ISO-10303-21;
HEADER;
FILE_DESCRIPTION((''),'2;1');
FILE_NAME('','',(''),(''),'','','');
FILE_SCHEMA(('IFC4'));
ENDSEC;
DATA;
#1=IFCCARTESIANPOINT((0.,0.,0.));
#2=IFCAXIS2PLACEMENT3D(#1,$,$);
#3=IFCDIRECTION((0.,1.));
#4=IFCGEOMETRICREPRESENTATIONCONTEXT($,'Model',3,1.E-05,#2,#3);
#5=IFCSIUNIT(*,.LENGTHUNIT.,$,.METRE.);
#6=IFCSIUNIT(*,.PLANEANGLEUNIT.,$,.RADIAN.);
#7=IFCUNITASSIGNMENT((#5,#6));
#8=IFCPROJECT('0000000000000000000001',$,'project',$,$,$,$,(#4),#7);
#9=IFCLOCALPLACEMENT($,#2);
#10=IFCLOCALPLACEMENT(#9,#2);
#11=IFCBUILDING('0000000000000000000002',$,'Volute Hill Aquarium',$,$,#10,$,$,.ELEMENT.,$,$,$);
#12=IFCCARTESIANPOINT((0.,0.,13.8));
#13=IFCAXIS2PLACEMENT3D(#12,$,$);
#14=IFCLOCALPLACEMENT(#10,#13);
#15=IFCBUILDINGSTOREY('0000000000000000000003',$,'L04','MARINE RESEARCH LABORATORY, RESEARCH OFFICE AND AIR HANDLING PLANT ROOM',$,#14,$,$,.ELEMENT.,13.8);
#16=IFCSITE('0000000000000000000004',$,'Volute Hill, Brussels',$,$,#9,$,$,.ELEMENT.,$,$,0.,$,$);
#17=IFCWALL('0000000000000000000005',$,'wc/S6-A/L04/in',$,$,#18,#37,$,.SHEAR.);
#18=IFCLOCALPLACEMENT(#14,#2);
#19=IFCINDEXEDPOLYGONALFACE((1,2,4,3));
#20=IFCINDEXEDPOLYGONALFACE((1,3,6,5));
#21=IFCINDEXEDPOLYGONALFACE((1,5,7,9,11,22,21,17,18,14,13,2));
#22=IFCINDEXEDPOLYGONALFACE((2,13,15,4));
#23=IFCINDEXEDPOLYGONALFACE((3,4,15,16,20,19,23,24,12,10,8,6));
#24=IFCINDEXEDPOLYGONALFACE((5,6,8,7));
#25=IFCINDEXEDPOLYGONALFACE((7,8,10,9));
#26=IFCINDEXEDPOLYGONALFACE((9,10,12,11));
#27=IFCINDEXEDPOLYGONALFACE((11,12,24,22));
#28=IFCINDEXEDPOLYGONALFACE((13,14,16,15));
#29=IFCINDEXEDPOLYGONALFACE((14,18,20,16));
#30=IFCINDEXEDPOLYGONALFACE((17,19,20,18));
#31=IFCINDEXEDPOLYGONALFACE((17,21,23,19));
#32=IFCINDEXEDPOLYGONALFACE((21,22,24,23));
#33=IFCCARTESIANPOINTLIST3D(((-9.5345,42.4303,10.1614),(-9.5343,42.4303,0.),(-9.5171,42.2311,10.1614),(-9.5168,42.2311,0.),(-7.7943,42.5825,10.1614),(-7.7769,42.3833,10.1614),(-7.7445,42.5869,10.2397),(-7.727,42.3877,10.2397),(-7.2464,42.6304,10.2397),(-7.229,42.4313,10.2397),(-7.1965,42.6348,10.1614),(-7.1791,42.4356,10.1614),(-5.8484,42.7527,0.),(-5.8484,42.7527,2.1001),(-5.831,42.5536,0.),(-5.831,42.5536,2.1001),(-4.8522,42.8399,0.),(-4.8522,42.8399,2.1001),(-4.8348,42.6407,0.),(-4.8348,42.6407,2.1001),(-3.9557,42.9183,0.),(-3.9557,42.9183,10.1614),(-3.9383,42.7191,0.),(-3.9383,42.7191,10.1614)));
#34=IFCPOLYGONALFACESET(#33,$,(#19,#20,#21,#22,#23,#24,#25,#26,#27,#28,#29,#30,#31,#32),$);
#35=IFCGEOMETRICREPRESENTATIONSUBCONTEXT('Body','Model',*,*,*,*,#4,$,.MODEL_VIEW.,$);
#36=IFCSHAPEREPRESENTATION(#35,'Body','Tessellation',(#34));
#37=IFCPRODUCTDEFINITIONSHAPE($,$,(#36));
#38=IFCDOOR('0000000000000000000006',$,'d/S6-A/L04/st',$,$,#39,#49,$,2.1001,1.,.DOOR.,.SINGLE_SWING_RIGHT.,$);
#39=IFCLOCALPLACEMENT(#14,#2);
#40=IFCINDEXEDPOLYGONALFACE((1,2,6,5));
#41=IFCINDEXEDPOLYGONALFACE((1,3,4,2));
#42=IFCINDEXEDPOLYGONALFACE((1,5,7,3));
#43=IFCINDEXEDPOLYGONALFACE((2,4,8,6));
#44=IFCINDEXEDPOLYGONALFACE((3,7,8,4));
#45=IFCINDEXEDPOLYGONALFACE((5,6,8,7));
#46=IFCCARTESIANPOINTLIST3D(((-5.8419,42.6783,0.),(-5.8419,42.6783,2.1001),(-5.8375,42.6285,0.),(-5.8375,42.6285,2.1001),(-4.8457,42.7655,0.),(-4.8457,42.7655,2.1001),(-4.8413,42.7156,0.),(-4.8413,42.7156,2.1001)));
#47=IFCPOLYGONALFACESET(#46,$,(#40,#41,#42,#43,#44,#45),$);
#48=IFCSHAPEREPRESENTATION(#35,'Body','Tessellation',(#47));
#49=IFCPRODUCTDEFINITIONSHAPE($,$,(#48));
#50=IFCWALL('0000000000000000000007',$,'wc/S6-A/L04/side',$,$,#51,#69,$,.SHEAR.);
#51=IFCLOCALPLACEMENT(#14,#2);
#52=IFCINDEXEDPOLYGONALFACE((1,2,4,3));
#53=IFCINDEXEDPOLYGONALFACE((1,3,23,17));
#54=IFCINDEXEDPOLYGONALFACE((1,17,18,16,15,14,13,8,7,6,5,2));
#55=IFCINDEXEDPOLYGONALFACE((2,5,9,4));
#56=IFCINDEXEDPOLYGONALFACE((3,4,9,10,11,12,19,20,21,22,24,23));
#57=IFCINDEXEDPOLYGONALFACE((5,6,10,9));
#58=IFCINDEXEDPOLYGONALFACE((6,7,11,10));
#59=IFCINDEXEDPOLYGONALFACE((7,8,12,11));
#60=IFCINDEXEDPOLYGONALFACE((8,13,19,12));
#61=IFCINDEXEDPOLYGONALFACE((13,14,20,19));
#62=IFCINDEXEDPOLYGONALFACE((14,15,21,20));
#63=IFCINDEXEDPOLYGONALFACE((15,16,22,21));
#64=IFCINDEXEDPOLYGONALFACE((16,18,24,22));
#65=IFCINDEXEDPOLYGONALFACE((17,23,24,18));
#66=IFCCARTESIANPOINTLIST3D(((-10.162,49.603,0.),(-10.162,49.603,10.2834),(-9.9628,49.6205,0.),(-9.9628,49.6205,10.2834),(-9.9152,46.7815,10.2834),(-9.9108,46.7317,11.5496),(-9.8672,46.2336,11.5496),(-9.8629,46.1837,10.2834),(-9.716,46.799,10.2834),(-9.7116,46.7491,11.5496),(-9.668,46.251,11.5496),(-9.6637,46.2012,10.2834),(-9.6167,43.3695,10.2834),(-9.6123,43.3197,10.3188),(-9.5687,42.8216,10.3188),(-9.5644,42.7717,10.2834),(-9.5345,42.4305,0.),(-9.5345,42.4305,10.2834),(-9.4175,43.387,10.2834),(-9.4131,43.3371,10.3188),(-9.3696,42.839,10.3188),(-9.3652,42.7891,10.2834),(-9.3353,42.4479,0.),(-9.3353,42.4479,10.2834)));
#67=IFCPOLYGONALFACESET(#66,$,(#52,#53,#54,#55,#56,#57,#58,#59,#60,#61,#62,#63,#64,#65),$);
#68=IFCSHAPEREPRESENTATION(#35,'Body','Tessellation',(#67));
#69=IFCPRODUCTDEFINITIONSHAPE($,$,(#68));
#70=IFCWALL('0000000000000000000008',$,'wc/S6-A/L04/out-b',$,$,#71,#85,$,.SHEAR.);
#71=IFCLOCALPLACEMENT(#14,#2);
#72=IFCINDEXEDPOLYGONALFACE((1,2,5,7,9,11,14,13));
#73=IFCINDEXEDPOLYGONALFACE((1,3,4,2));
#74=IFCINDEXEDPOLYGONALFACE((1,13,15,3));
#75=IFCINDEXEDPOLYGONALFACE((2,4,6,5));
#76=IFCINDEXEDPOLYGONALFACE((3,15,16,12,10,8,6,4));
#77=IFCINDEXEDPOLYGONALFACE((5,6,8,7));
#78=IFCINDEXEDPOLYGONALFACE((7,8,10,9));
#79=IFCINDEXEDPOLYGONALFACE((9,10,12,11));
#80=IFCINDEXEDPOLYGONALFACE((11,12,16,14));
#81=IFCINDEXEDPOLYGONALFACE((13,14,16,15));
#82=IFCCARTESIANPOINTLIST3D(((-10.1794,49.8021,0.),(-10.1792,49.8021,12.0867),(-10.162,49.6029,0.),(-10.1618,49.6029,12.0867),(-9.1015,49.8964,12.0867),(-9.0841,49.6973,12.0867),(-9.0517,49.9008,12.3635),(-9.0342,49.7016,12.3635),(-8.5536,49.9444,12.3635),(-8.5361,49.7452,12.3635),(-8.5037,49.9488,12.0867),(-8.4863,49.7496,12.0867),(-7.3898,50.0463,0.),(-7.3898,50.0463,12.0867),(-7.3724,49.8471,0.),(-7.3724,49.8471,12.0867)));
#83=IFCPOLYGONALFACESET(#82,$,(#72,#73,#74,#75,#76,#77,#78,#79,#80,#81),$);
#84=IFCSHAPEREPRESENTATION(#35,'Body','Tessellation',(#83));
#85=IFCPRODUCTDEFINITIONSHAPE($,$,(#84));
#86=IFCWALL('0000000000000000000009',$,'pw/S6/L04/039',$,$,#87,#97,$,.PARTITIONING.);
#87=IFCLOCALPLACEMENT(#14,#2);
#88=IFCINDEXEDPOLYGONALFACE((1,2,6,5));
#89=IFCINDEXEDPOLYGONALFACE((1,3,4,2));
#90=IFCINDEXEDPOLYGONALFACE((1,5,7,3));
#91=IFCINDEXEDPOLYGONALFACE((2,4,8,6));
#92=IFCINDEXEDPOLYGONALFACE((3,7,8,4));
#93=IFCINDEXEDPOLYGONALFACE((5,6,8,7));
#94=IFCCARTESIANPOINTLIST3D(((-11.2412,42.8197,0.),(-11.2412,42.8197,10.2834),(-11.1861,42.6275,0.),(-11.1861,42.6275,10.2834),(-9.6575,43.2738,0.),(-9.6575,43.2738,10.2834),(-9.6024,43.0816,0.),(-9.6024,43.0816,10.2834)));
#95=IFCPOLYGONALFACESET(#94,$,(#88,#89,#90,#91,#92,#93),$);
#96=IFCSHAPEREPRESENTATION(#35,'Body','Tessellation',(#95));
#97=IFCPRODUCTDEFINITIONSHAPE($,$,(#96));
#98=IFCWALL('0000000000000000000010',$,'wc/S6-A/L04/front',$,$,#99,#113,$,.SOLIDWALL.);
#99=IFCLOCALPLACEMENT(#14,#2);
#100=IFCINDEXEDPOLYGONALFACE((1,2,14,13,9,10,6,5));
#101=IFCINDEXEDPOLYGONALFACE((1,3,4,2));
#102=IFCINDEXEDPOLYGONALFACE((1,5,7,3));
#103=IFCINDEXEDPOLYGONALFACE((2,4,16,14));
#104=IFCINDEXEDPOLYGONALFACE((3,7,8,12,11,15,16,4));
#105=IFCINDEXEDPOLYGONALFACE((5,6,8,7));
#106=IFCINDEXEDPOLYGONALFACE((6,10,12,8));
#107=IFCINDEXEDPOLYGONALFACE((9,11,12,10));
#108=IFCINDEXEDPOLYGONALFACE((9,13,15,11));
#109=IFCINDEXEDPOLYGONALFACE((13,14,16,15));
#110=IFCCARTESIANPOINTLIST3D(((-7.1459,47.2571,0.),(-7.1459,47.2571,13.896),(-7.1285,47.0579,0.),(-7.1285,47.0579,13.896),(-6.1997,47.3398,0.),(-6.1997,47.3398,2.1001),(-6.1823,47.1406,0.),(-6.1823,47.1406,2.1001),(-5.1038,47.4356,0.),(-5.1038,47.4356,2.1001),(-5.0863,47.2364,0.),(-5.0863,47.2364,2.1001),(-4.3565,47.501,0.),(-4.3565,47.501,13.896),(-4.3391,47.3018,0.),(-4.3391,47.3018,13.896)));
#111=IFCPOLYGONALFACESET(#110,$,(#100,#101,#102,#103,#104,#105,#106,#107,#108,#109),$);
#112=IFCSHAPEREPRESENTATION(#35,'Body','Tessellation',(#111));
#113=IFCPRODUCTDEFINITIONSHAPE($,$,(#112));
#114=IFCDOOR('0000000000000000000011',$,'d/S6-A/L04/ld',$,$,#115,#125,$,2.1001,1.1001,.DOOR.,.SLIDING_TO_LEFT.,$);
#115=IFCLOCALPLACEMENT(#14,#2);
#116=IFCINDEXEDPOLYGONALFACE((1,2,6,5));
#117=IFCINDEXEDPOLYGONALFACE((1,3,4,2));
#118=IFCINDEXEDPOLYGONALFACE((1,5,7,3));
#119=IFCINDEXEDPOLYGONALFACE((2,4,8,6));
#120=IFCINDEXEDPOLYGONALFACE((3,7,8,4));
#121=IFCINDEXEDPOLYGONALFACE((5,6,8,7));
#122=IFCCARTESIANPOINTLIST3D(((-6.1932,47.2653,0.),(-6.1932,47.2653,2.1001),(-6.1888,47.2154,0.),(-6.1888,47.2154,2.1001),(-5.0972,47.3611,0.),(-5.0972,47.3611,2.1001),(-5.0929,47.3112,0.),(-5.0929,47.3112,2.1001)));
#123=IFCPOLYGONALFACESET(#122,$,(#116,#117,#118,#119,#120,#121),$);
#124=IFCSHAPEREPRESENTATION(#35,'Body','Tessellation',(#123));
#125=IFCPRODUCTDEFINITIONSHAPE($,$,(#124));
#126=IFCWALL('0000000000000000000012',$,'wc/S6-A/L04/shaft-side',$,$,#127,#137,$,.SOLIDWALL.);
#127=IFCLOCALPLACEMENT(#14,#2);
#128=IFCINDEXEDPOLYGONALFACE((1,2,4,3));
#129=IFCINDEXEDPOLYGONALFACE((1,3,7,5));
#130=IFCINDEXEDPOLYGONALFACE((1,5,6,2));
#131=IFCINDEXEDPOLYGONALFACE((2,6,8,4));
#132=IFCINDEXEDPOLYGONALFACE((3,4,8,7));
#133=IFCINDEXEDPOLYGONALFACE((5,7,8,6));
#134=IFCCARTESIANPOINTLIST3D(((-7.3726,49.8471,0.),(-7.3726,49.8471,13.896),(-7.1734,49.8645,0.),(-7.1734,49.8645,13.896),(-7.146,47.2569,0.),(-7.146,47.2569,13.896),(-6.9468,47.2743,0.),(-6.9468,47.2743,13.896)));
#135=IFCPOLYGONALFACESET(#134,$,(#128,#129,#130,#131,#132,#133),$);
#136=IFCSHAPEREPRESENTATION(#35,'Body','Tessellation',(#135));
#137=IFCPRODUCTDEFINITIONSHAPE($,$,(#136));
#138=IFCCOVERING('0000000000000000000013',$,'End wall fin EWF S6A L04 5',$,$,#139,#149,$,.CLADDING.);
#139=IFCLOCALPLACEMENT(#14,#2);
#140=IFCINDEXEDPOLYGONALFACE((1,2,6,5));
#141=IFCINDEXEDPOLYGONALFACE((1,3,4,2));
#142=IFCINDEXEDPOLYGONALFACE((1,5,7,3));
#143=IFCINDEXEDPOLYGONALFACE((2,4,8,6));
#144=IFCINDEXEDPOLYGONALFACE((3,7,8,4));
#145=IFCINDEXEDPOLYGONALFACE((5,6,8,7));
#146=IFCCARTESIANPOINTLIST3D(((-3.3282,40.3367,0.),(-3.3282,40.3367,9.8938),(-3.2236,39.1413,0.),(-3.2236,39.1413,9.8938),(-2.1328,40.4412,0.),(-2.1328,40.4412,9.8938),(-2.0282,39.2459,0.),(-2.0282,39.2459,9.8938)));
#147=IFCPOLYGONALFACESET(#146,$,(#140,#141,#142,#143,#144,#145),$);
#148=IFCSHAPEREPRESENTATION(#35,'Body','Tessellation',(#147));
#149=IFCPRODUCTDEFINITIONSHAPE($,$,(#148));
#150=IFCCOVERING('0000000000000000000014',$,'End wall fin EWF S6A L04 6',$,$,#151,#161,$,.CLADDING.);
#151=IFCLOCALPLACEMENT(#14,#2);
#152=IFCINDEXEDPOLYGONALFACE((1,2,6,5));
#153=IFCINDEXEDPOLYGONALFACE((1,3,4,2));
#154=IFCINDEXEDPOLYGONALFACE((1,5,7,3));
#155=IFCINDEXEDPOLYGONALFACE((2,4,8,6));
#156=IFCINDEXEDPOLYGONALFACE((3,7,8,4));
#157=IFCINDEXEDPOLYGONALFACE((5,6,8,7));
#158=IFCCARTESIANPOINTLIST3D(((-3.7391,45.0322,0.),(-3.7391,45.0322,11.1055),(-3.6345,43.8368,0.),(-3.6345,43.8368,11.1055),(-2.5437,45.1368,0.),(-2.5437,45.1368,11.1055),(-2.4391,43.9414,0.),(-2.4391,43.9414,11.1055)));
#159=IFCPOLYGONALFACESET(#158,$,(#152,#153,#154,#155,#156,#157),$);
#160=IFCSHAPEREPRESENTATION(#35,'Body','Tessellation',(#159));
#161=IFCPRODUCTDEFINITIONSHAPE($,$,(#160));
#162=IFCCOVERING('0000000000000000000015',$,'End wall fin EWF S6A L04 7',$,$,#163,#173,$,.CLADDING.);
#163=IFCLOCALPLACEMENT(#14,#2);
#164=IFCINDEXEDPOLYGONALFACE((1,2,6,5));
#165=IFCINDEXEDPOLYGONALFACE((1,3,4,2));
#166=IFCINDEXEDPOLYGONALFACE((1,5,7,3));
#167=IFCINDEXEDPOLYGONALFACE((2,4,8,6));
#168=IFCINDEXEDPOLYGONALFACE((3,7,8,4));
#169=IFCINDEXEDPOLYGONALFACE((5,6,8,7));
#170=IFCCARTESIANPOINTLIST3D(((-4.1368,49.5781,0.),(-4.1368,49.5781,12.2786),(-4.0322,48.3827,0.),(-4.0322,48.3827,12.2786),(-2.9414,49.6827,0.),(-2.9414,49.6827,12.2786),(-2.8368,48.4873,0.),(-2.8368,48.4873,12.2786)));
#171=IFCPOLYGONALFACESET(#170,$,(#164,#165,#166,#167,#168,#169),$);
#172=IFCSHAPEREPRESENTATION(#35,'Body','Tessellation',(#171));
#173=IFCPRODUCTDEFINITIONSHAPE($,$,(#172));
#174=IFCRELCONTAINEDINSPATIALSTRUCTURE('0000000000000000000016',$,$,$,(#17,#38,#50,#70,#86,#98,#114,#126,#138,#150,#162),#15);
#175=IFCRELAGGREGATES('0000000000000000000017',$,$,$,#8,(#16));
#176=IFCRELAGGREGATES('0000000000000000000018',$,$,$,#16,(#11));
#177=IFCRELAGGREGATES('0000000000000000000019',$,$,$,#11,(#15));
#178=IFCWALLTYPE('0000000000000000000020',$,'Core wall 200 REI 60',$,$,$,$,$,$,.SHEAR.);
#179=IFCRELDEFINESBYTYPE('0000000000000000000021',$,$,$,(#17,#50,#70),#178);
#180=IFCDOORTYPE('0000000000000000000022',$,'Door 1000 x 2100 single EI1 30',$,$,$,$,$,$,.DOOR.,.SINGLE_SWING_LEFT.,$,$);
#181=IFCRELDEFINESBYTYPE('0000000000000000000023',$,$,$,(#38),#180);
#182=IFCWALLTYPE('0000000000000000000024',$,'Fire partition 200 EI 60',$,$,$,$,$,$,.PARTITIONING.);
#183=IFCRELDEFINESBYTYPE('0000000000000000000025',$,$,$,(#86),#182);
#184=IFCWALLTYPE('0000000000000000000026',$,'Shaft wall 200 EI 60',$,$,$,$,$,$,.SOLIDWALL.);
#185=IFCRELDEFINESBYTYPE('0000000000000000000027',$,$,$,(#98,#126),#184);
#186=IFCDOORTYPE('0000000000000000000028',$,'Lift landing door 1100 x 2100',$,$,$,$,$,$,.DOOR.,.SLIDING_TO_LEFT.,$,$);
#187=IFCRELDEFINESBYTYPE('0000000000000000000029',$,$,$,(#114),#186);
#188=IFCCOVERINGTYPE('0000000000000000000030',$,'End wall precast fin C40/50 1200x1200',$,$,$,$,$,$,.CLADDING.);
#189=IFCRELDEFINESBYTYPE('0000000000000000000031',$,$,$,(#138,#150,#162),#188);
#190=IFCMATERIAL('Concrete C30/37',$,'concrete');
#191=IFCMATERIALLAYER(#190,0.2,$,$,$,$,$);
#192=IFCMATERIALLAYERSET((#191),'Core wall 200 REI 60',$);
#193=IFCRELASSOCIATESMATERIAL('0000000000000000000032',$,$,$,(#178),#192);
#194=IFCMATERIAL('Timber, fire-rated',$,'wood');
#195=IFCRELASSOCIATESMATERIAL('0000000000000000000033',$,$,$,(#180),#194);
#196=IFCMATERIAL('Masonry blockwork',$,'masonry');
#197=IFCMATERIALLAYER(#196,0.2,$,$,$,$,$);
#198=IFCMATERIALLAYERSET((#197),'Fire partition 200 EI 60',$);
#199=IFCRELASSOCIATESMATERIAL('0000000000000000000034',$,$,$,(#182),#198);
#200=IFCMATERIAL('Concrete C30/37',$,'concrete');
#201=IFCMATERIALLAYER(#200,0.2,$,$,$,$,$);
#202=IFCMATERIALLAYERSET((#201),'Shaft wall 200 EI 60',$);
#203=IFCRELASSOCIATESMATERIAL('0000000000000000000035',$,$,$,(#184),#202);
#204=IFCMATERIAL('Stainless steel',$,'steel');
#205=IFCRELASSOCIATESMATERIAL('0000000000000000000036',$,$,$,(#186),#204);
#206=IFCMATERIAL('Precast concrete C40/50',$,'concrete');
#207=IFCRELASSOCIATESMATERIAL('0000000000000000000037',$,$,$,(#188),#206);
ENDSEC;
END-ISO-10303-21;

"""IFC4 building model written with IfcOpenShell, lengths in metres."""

from ifc_helpers import new_model, si_unit, direction, frame, frame_2d, origin, origin_2d, place, context, subcontext, project, spatial, polyline, rectangle, outline, extrude, material, layer, layer_set, type_object, element, fill, save


model = new_model("IFC4")

# Units and contexts
model_context = context("Model", 3, precision=1e-05, world=origin(), true_north=direction((0.0, 1.0)))
body_context = subcontext(model_context, "Body", "Model", "MODEL_VIEW")
ifc_project = project(units=[si_unit("LENGTHUNIT", "METRE"), si_unit("PLANEANGLEUNIT", "RADIAN")], contexts=[model_context])

# Site, building, storey
site_placement = place(None, origin())
site = spatial("IfcSite", under=ifc_project, at=site_placement, Name="Volute Hill, Brussels", CompositionType="ELEMENT", RefElevation=0.0)
building_placement = place(site_placement, origin())
building = spatial("IfcBuilding", under=site, at=building_placement, Name="Volute Hill Aquarium", CompositionType="ELEMENT")
storey_placement = place(building_placement, frame((0.0, 0.0, 13.8)))
storey = spatial("IfcBuildingStorey", under=building, at=storey_placement, Name="L04", Description="MARINE RESEARCH LABORATORY, RESEARCH OFFICE AND AIR HANDLING PLANT ROOM", CompositionType="ELEMENT", Elevation=13.8)

# Wall, opening, door
ifc_material_1 = material(Name="Concrete C30/37", Category="concrete")
ifc_layer_1 = layer(ifc_material_1, 0.2)
ifc_layer_set_1 = layer_set([ifc_layer_1], Name="Core wall 200 REI 60")
wall_type_1 = type_object("IfcWallType", Name="Core wall 200 REI 60", PredefinedType="SHEAR", material=ifc_layer_set_1)
wall_1_placement = place(storey_placement, frame((-3.947, 42.8188, 0.0), z_axis=(0.0, 0.0, 1.0), x_axis=(-0.996195, -0.087151, 0.0)))
wall_1 = element("IfcWall", 1, at=wall_1_placement, inside=storey, type_object=wall_type_1, Name="wc/S6-A/L04/in", PredefinedType="SHEAR", context=body_context, shape_type="SweptSolid", body=[
    extrude(outline(polyline([(0.0, 0.0), (5.5999, 0.0), (5.6001, 10.1614), (3.8533, 10.1614), (3.8032, 10.2397), (3.3032, 10.2397), (3.2532, 10.1614), (0.0, 10.1614), (0.0, 0.0)])), frame((0.0, 0.1001, 0.0), z_axis=(0.0, -1.0, 0.0), x_axis=(1.0, 0.0, 0.0)), (0.0, 0.0, 1.0), 0.2),
])
opening_1_placement = place(wall_1_placement, frame((0.8999, 0.0, 0.0)))
opening_1 = element("IfcOpeningElement", 2, at=opening_1_placement, cuts=wall_1, PredefinedType="OPENING", context=body_context, shape_type="SweptSolid", body=[
    extrude(rectangle(XDim=1.0, YDim=2.1001, at=frame_2d((0.5, 1.05))), frame((0.0, 0.1099, 0.0), z_axis=(0.0, -1.0, 0.0), x_axis=(1.0, 0.0, 0.0)), (0.0, 0.0, 1.0), 0.22),
])
ifc_material_2 = material(Name="Timber, fire-rated", Category="wood")
door_type_1 = type_object("IfcDoorType", Name="Door 1000 x 2100 single EI1 30", OperationType="SINGLE_SWING_LEFT", PredefinedType="DOOR", material=ifc_material_2)
door_1_placement = place(opening_1_placement, origin())
door_1 = element("IfcDoor", 3, at=door_1_placement, inside=storey, type_object=door_type_1, Name="d/S6-A/L04/st", OperationType="SINGLE_SWING_RIGHT", OverallHeight=2.1001, OverallWidth=1.0, PredefinedType="DOOR", context=body_context, shape_type="SweptSolid", body=[
    extrude(rectangle(XDim=1.0, YDim=2.1001, at=frame_2d((0.5, 1.05))), frame((0.0, 0.0249, 0.0), z_axis=(0.0, -1.0, 0.0), x_axis=(1.0, 0.0, 0.0)), (0.0, 0.0, 1.0), 0.05),
])
fill(opening_1, door_1)

# Walls
wall_2_placement = place(storey_placement, frame((-9.4348, 42.4392, 0.0), z_axis=(0.0, 0.0, 1.0), x_axis=(-0.087145, 0.996196, 0.0)))
element("IfcWall", 4, at=wall_2_placement, inside=storey, type_object=wall_type_1, Name="wc/S6-A/L04/side", PredefinedType="SHEAR", context=body_context, shape_type="SweptSolid", body=[
    extrude(outline(polyline([(0.0, 0.0), (7.2, 0.0), (7.2, 10.2834), (4.3677, 10.2834), (4.3176, 11.5496), (3.8176, 11.5496), (3.7676, 10.2834), (0.9426, 10.2834), (0.8926, 10.3188), (0.3926, 10.3188), (0.3425, 10.2834), (0.0, 10.2834), (0.0, 0.0)])), frame((0.0, 0.1001, 0.0), z_axis=(0.0, -1.0, 0.0), x_axis=(1.0, 0.0, 0.0)), (0.0, 0.0, 1.0), 0.2),
])
wall_3_placement = place(storey_placement, frame((-7.3811, 49.9468, 0.0), z_axis=(0.0, 0.0, 1.0), x_axis=(-0.996192, -0.087186, 0.0)))
element("IfcWall", 5, at=wall_3_placement, inside=storey, type_object=wall_type_1, Name="wc/S6-A/L04/out-b", PredefinedType="SHEAR", context=body_context, shape_type="SweptSolid", body=[
    extrude(outline(polyline([(0.0, 0.0), (2.8003, 0.0), (2.8, 12.0867), (1.7183, 12.0867), (1.6682, 12.3635), (1.1682, 12.3635), (1.1182, 12.0867), (0.0, 12.0867), (0.0, 0.0)])), frame((0.0, 0.1001, 0.0), z_axis=(0.0, -1.0, 0.0), x_axis=(1.0, 0.0, 0.0)), (0.0, 0.0, 1.0), 0.2),
])
ifc_material_3 = material(Name="Masonry blockwork", Category="masonry")
ifc_layer_2 = layer(ifc_material_3, 0.2)
ifc_layer_set_2 = layer_set([ifc_layer_2], Name="Fire partition 200 EI 60")
wall_type_2 = type_object("IfcWallType", Name="Fire partition 200 EI 60", PredefinedType="PARTITIONING", material=ifc_layer_set_2)
wall_4_placement = place(storey_placement, frame((-11.2136, 42.7236, 0.0), z_axis=(0.0, 0.0, 1.0), x_axis=(0.961266, 0.275621, 0.0)))
element("IfcWall", 6, at=wall_4_placement, inside=storey, type_object=wall_type_2, Name="pw/S6/L04/039", PredefinedType="PARTITIONING", context=body_context, shape_type="SweptSolid", body=[
    extrude(rectangle(XDim=1.6475, YDim=0.2, at=frame_2d((0.8237, 0.0))), origin(), (0.0, 0.0, 1.0), 10.2834),
])

# Wall, opening, door
ifc_material_4 = material(Name="Concrete C30/37", Category="concrete")
ifc_layer_3 = layer(ifc_material_4, 0.2)
ifc_layer_set_3 = layer_set([ifc_layer_3], Name="Shaft wall 200 EI 60")
wall_type_3 = type_object("IfcWallType", Name="Shaft wall 200 EI 60", PredefinedType="SOLIDWALL", material=ifc_layer_set_3)
wall_5_placement = place(storey_placement, frame((-4.3479, 47.4014, 0.0), z_axis=(0.0, 0.0, 1.0), x_axis=(-0.996199, -0.087107, 0.0)))
wall_5 = element("IfcWall", 7, at=wall_5_placement, inside=storey, type_object=wall_type_3, Name="wc/S6-A/L04/front", PredefinedType="SOLIDWALL", context=body_context, shape_type="SweptSolid", body=[
    extrude(rectangle(XDim=2.8, YDim=0.2, at=frame_2d((1.3999, 0.0))), origin(), (0.0, 0.0, 1.0), 13.896),
])
opening_2_placement = place(wall_5_placement, frame((0.75, 0.0, 0.0)))
opening_2 = element("IfcOpeningElement", 8, at=opening_2_placement, cuts=wall_5, PredefinedType="OPENING", context=body_context, shape_type="SweptSolid", body=[
    extrude(rectangle(XDim=1.1001, YDim=2.1001, at=frame_2d((0.55, 1.05))), frame((0.0, 0.1099, 0.0), z_axis=(0.0, -1.0, 0.0), x_axis=(1.0, 0.0, 0.0)), (0.0, 0.0, 1.0), 0.22),
])
ifc_material_5 = material(Name="Stainless steel", Category="steel")
door_type_2 = type_object("IfcDoorType", Name="Lift landing door 1100 x 2100", OperationType="SLIDING_TO_LEFT", PredefinedType="DOOR", material=ifc_material_5)
door_2_placement = place(opening_2_placement, origin())
door_2 = element("IfcDoor", 9, at=door_2_placement, inside=storey, type_object=door_type_2, Name="d/S6-A/L04/ld", OperationType="SLIDING_TO_LEFT", OverallHeight=2.1001, OverallWidth=1.1001, PredefinedType="DOOR", context=body_context, shape_type="SweptSolid", body=[
    extrude(rectangle(XDim=1.1001, YDim=2.1001, at=frame_2d((0.55, 1.05))), frame((0.0, 0.0249, 0.0), z_axis=(0.0, -1.0, 0.0), x_axis=(1.0, 0.0, 0.0)), (0.0, 0.0, 1.0), 0.05),
])
fill(opening_2, door_2)

# Wall
wall_6_placement = place(storey_placement, frame((-7.0464, 47.2656, 0.0), z_axis=(0.0, 0.0, 1.0), x_axis=(-0.08714, 0.996196, 0.0)))
element("IfcWall", 10, at=wall_6_placement, inside=storey, type_object=wall_type_3, Name="wc/S6-A/L04/shaft-side", PredefinedType="SOLIDWALL", context=body_context, shape_type="SweptSolid", body=[
    extrude(rectangle(XDim=2.6001, YDim=0.2, at=frame_2d((1.3, 0.0))), origin(), (0.0, 0.0, 1.0), 13.896),
])

# Coverings
ifc_material_6 = material(Name="Precast concrete C40/50", Category="concrete")
covering_type_1 = type_object("IfcCoveringType", Name="End wall precast fin C40/50 1200x1200", PredefinedType="CLADDING", material=ifc_material_6)
covering_1_placement = place(storey_placement, frame((-2.6782, 39.7913, 0.0), z_axis=(0.0, 0.0, 1.0), x_axis=(-0.087155, 0.996195, 0.0)))
element("IfcCovering", 11, at=covering_1_placement, inside=storey, type_object=covering_type_1, Name="End wall fin EWF S6A L04 5", PredefinedType="CLADDING", context=body_context, shape_type="SweptSolid", body=[
    extrude(rectangle(XDim=1.2, YDim=1.2, at=origin_2d()), origin(), (0.0, 0.0, 1.0), 9.8938),
])
covering_2_placement = place(storey_placement, frame((-3.0891, 44.4868, 0.0), z_axis=(0.0, 0.0, 1.0), x_axis=(-0.087155, 0.996195, 0.0)))
element("IfcCovering", 12, at=covering_2_placement, inside=storey, type_object=covering_type_1, Name="End wall fin EWF S6A L04 6", PredefinedType="CLADDING", context=body_context, shape_type="SweptSolid", body=[
    extrude(rectangle(XDim=1.2, YDim=1.2, at=origin_2d()), origin(), (0.0, 0.0, 1.0), 11.1055),
])
covering_3_placement = place(storey_placement, frame((-3.4868, 49.0327, 0.0), z_axis=(0.0, 0.0, 1.0), x_axis=(-0.087155, 0.996195, 0.0)))
element("IfcCovering", 13, at=covering_3_placement, inside=storey, type_object=covering_type_1, Name="End wall fin EWF S6A L04 7", PredefinedType="CLADDING", context=body_context, shape_type="SweptSolid", body=[
    extrude(rectangle(XDim=1.2, YDim=1.2, at=origin_2d()), origin(), (0.0, 0.0, 1.0), 12.2786),
])

save(model, "model.ifc")
